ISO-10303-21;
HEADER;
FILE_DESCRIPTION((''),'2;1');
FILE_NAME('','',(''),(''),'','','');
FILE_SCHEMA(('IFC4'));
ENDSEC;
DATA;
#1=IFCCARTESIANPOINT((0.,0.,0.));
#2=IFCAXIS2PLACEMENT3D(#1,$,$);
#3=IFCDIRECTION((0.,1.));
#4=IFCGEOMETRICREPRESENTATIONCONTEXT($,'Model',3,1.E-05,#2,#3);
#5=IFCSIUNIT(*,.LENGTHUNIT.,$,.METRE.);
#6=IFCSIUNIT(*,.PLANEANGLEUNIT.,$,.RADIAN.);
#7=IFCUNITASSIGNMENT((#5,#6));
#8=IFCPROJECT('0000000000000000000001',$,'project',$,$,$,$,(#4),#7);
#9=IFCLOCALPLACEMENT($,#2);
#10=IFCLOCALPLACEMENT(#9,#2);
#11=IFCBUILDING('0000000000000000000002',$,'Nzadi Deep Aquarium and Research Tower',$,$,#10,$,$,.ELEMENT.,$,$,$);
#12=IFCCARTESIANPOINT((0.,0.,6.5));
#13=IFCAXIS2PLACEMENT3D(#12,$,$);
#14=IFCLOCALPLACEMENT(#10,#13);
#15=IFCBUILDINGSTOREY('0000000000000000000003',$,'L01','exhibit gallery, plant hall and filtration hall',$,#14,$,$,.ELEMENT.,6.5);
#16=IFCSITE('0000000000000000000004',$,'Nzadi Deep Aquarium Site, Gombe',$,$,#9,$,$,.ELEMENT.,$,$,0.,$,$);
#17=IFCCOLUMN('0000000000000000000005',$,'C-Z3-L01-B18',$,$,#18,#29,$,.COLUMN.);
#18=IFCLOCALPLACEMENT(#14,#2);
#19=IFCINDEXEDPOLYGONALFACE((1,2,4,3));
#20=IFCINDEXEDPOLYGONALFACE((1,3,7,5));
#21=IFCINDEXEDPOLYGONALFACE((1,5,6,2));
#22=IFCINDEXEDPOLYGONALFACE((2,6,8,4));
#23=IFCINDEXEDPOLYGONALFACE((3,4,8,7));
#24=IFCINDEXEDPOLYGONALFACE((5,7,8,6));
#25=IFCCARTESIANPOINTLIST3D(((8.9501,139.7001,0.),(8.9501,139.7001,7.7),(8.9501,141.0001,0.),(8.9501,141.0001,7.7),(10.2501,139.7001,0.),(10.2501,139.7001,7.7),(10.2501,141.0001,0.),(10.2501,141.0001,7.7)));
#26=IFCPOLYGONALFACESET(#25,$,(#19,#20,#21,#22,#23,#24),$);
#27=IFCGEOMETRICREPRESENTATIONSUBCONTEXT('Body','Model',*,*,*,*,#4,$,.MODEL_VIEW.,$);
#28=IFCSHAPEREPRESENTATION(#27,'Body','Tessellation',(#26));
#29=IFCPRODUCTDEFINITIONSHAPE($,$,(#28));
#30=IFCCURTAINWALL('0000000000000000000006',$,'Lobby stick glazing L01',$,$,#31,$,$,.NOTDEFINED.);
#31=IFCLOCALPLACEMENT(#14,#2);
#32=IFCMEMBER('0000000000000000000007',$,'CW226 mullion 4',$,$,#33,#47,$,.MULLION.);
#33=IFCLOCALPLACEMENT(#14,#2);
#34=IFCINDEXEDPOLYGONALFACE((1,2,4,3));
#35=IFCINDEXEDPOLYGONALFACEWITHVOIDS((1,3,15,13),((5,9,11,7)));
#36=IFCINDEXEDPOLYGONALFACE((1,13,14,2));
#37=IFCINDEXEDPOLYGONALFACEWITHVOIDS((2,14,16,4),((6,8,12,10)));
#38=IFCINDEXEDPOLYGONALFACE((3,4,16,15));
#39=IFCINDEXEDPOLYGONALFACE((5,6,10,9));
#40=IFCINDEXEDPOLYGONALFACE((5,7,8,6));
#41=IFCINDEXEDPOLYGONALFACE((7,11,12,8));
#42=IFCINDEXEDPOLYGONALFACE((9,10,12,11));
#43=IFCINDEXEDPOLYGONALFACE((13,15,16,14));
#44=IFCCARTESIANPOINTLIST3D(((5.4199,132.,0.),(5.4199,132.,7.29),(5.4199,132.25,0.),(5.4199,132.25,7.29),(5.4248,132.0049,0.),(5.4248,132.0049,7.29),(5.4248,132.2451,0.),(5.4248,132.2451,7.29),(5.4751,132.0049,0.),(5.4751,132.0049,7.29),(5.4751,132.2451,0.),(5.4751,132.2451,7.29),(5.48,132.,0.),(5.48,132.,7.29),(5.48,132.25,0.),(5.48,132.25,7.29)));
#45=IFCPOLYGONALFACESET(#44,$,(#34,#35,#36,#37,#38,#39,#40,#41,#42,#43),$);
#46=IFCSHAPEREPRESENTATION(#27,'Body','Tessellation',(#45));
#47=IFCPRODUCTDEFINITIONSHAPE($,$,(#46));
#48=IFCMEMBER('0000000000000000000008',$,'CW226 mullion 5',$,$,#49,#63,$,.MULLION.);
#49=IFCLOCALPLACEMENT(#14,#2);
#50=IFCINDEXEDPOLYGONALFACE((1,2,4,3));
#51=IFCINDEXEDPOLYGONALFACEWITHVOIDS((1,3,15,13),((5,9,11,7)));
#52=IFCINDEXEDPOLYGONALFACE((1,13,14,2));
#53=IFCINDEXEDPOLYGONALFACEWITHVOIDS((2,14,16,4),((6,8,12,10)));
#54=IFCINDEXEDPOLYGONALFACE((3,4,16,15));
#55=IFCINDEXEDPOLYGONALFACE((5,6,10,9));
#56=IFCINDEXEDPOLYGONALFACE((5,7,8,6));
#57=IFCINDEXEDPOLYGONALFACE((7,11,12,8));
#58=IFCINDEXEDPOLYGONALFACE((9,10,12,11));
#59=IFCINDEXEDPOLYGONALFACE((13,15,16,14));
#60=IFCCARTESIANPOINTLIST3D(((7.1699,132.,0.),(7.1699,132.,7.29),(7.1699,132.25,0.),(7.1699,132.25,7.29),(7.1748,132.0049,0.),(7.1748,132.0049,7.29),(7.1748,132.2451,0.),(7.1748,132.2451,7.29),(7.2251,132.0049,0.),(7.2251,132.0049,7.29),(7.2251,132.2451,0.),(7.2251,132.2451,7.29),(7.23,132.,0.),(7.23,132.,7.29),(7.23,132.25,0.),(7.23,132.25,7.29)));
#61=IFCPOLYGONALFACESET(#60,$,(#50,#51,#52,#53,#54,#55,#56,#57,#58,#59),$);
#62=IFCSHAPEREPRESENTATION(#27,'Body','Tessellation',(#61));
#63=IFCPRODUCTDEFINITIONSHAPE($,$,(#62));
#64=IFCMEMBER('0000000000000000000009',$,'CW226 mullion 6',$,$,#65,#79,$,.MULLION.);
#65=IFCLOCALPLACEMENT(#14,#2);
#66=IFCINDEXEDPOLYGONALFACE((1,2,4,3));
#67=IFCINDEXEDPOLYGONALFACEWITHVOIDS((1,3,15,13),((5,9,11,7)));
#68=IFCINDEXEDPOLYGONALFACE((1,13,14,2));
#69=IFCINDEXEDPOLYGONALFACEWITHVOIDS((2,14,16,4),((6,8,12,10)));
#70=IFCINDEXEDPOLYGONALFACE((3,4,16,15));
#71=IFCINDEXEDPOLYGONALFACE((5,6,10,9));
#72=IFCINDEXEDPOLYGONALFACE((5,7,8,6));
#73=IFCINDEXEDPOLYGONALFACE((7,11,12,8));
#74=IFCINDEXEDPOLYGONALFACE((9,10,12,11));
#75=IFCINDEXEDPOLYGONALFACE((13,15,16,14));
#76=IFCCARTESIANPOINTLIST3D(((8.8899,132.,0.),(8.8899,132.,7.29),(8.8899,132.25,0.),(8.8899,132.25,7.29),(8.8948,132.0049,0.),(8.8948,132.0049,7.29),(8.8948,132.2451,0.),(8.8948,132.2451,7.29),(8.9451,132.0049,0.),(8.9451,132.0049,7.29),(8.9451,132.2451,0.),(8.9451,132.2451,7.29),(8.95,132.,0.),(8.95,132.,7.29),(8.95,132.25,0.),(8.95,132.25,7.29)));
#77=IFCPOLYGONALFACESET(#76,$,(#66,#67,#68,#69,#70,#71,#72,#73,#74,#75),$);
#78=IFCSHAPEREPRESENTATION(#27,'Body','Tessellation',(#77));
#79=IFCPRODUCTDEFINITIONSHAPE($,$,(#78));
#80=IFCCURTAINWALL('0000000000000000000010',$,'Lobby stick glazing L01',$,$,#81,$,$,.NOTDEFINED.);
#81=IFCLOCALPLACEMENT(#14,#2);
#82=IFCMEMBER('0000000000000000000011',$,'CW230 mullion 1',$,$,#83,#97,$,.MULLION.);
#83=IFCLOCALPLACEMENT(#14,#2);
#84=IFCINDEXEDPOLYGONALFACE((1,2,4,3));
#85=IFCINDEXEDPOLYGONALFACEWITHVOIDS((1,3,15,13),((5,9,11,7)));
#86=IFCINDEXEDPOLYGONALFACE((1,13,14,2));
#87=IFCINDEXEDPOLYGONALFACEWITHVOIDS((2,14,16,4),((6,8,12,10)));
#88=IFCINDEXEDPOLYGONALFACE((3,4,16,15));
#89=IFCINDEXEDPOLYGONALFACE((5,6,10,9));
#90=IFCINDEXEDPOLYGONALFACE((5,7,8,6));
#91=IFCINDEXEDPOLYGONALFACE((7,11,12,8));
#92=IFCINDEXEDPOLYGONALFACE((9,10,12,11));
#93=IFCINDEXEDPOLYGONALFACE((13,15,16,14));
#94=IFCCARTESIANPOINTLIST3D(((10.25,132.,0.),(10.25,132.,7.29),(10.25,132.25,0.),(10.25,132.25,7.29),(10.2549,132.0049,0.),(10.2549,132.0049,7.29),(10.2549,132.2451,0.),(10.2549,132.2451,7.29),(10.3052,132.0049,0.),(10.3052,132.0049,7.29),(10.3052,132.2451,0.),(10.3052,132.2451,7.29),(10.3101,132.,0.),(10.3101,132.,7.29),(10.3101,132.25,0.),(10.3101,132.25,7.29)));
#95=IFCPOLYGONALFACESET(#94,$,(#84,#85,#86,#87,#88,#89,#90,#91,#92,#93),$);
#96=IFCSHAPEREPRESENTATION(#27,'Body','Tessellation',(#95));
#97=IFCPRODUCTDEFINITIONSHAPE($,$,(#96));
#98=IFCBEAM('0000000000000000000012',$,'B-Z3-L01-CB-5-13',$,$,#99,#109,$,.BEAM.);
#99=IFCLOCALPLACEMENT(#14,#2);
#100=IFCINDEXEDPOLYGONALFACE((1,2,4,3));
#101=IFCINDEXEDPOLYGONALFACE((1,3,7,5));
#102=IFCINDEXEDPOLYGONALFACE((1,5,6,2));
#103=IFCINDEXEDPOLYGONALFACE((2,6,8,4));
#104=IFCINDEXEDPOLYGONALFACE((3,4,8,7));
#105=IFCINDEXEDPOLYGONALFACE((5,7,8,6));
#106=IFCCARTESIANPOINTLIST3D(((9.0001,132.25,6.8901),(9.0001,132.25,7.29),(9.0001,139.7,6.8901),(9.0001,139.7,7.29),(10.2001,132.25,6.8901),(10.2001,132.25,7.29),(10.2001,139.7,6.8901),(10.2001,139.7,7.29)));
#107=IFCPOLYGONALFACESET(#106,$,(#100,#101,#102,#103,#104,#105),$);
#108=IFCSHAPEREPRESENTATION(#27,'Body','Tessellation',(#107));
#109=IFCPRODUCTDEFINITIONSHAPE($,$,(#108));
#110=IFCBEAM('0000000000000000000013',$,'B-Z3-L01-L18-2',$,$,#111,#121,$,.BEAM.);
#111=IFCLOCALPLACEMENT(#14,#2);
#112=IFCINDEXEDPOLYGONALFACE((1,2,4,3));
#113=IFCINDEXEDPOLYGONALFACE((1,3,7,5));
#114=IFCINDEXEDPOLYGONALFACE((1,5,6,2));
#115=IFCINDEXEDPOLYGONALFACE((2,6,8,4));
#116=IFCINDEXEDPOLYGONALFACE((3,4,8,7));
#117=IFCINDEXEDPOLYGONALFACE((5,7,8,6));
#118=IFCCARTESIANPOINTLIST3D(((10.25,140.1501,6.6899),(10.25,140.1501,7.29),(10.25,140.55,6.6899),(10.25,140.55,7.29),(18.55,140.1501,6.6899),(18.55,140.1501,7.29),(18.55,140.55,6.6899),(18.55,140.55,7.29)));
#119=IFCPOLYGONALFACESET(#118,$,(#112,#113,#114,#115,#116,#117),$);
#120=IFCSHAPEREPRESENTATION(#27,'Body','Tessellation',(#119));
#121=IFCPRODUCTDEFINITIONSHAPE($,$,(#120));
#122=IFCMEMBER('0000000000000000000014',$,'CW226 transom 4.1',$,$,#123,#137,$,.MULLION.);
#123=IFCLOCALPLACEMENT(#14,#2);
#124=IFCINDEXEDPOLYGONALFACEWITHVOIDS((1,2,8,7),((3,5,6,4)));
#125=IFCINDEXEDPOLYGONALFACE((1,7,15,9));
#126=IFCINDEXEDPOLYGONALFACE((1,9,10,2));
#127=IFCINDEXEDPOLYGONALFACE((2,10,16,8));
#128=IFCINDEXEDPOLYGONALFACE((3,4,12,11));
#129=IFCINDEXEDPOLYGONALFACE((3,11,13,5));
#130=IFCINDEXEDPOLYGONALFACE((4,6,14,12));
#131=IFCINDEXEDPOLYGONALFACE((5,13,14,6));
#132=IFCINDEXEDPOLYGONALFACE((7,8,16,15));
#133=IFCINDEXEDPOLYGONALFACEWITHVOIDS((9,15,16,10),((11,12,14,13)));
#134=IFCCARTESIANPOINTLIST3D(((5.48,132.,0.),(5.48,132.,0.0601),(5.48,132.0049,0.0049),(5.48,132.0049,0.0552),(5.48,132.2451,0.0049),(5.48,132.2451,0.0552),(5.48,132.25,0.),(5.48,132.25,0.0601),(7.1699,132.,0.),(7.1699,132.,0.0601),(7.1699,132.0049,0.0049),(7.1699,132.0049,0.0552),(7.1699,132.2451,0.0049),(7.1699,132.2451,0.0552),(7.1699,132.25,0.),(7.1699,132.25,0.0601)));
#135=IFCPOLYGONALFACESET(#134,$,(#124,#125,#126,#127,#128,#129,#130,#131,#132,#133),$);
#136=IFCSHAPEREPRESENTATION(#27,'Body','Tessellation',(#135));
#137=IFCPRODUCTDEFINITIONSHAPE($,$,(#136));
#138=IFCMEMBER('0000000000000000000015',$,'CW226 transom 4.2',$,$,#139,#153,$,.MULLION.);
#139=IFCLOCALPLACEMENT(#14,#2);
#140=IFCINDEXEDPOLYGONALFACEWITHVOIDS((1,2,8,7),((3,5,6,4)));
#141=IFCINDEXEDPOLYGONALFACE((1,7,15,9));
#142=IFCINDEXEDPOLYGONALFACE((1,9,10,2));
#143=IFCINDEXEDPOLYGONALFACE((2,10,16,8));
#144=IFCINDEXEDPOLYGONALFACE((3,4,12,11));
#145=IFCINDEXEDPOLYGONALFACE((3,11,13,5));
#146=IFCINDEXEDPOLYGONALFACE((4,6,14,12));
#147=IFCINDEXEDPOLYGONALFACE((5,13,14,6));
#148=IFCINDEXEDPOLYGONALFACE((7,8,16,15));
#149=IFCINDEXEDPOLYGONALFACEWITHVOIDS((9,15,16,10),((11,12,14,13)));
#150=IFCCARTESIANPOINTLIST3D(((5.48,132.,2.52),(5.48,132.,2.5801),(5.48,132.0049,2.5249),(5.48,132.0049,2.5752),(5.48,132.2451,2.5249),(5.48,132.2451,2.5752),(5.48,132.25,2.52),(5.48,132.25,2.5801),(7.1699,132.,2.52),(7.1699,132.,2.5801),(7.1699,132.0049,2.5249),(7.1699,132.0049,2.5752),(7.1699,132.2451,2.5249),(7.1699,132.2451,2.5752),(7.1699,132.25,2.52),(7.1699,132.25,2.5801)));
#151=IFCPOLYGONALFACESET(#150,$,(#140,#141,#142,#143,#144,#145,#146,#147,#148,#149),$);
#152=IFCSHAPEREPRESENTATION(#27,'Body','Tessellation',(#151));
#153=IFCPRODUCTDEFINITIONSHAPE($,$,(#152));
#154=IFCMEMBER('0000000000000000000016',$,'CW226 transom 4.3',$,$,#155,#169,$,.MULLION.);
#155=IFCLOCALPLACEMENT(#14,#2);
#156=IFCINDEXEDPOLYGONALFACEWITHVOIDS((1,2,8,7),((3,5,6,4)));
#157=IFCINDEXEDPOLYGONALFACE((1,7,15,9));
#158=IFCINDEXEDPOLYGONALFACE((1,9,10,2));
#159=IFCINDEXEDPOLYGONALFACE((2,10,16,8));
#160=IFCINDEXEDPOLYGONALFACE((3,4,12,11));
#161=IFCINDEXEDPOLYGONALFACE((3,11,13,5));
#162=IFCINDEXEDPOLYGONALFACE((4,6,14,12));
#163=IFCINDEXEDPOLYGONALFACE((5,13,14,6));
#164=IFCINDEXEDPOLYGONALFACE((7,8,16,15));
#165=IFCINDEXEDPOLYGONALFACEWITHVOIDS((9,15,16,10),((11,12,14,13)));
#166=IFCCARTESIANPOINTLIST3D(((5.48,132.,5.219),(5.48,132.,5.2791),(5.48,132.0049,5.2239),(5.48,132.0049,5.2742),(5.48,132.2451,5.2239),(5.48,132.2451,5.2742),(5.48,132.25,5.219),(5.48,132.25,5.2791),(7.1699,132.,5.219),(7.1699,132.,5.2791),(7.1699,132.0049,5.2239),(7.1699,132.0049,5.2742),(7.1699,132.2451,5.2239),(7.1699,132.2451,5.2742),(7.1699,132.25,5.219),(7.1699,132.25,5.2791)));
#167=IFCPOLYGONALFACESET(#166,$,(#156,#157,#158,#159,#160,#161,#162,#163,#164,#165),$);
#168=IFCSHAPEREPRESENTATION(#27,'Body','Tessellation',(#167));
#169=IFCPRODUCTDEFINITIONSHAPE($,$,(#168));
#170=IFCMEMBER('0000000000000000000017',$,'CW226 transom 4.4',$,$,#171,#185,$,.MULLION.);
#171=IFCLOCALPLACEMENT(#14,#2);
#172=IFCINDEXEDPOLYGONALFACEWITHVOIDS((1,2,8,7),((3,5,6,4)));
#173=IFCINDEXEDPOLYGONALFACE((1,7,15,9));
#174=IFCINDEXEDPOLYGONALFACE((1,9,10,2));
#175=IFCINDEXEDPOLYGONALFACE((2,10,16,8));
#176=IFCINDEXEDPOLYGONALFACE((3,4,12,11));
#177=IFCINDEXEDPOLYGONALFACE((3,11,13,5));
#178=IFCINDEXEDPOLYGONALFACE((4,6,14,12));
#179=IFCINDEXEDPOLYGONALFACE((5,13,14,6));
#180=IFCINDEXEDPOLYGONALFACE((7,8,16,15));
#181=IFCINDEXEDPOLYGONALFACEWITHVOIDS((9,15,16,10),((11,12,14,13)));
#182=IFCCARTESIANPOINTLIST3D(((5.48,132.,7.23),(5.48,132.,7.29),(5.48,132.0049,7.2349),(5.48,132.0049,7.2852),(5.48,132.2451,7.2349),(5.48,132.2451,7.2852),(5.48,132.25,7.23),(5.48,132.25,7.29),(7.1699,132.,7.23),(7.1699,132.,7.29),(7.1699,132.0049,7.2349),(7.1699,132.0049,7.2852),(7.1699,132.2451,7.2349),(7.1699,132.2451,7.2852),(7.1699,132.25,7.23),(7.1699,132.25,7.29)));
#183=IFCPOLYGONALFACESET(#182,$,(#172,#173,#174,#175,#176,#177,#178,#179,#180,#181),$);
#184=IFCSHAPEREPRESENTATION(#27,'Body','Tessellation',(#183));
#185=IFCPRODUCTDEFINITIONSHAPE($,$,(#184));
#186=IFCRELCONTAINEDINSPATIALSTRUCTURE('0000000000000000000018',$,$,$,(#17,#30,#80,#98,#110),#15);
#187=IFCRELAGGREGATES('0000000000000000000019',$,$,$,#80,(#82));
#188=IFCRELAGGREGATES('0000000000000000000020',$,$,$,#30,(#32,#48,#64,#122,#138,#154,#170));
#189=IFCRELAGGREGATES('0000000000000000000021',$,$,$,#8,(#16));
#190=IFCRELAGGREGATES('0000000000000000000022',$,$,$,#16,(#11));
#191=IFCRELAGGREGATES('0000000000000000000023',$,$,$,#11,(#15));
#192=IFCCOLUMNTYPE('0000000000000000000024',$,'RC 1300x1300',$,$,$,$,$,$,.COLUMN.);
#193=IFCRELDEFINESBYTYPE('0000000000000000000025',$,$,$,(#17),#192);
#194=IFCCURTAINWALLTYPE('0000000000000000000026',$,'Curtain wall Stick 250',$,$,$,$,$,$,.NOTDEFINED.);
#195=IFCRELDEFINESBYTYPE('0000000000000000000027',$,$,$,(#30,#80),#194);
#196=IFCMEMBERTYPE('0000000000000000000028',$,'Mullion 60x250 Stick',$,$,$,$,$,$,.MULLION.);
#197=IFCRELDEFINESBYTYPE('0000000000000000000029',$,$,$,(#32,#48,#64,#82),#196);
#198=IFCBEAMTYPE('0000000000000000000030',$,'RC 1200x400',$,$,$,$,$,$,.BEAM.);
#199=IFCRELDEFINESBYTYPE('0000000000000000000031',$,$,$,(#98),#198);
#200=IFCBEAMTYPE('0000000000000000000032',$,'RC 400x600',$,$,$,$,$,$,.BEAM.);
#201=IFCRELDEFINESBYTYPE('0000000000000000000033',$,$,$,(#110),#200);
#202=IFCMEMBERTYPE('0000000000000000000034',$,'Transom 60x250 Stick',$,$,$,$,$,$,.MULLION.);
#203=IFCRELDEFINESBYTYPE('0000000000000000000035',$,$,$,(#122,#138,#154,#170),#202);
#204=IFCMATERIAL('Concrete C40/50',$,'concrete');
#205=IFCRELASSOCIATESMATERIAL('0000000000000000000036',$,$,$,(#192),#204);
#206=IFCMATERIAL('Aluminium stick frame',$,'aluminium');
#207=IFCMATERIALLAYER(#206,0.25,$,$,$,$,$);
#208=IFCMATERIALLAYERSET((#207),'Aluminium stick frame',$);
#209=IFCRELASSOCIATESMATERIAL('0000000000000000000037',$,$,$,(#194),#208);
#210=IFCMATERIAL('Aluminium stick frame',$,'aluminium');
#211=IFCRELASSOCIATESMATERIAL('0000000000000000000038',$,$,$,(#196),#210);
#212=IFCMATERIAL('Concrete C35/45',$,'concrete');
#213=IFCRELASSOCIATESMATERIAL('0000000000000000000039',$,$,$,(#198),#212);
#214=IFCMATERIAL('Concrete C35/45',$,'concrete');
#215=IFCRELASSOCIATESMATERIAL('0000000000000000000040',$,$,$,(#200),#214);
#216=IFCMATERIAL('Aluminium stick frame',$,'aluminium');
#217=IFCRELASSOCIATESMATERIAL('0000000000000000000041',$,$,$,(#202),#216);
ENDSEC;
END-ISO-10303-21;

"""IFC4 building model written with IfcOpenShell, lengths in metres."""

from ifc_helpers import new_model, si_unit, direction, frame, origin, origin_2d, place, context, subcontext, project, spatial, rectangle, hollow_rectangle, extrude, material, layer, layer_set, material_profile, profile_set, type_object, element, aggregate, save


model = new_model("IFC4")

# Units and contexts
model_context = context("Model", 3, precision=1e-05, world=origin(), true_north=direction((0.0, 1.0)))
body_context = subcontext(model_context, "Body", "Model", "MODEL_VIEW")
ifc_project = project(units=[si_unit("LENGTHUNIT", "METRE"), si_unit("PLANEANGLEUNIT", "RADIAN")], contexts=[model_context])

# Site, building, storey
site_placement = place(None, origin())
site = spatial("IfcSite", under=ifc_project, at=site_placement, Name="Nzadi Deep Aquarium Site, Gombe", CompositionType="ELEMENT", RefElevation=0.0)
building_placement = place(site_placement, origin())
building = spatial("IfcBuilding", under=site, at=building_placement, Name="Nzadi Deep Aquarium and Research Tower", CompositionType="ELEMENT")
storey_placement = place(building_placement, frame((0.0, 0.0, 6.5)))
storey = spatial("IfcBuildingStorey", under=building, at=storey_placement, Name="L01", Description="exhibit gallery, plant hall and filtration hall", CompositionType="ELEMENT", Elevation=6.5)

# Column
ifc_material_1 = material(Name="Concrete C40/50", Category="concrete")
ifc_material_profile_1 = material_profile(ifc_material_1, rectangle(XDim=1.3, YDim=1.3, at=origin_2d()))
ifc_profile_set_1 = profile_set([ifc_material_profile_1], Name="Concrete C40/50")
column_type = type_object("IfcColumnType", Name="RC 1300x1300", PredefinedType="COLUMN", material=ifc_profile_set_1)
column_placement = place(storey_placement, frame((9.6001, 140.3501, 0.0), z_axis=(0.0, 0.0, 1.0), x_axis=(1.0, 0.0, 0.0)))
element("IfcColumn", 1, at=column_placement, inside=storey, type_object=column_type, Name="C-Z3-L01-B18", PredefinedType="COLUMN", context=body_context, shape_type="SweptSolid", body=[
    extrude(rectangle(XDim=1.3, YDim=1.3, at=origin_2d()), origin(), (0.0, 0.0, 1.0), 7.7),
])

# Curtain wall, members
ifc_material_2 = material(Name="Aluminium stick frame", Category="aluminium")
ifc_layer_1 = layer(ifc_material_2, 0.25)
ifc_layer_set_1 = layer_set([ifc_layer_1], Name="Aluminium stick frame")
curtain_wall_type = type_object("IfcCurtainWallType", Name="Curtain wall Stick 250", PredefinedType="NOTDEFINED", material=ifc_layer_set_1)
curtain_wall_1_placement = place(storey_placement, origin())
curtain_wall_1 = element("IfcCurtainWall", 2, at=curtain_wall_1_placement, inside=storey, type_object=curtain_wall_type, Name="Lobby stick glazing L01", PredefinedType="NOTDEFINED")
ifc_material_3 = material(Name="Aluminium stick frame", Category="aluminium")
ifc_material_profile_2 = material_profile(ifc_material_3, hollow_rectangle(XDim=0.25, YDim=0.0601, WallThickness=0.0049, at=origin_2d()))
ifc_profile_set_2 = profile_set([ifc_material_profile_2], Name="Aluminium stick frame")
member_type_1 = type_object("IfcMemberType", Name="Mullion 60x250 Stick", PredefinedType="MULLION", material=ifc_profile_set_2)
member_1_placement = place(storey_placement, frame((5.45, 132.125, 0.0), z_axis=(0.0, 0.0, 1.0), x_axis=(0.0, 1.0, 0.0)))
member_1 = element("IfcMember", 3, at=member_1_placement, type_object=member_type_1, Name="CW226 mullion 4", PredefinedType="MULLION", context=body_context, shape_type="SweptSolid", body=[
    extrude(hollow_rectangle(XDim=0.25, YDim=0.0601, WallThickness=0.0049, at=origin_2d()), origin(), (0.0, 0.0, 1.0), 7.29),
])
member_2_placement = place(storey_placement, frame((7.2, 132.125, 0.0), z_axis=(0.0, 0.0, 1.0), x_axis=(0.0, 1.0, 0.0)))
member_2 = element("IfcMember", 4, at=member_2_placement, type_object=member_type_1, Name="CW226 mullion 5", PredefinedType="MULLION", context=body_context, shape_type="SweptSolid", body=[
    extrude(hollow_rectangle(XDim=0.25, YDim=0.0601, WallThickness=0.0049, at=origin_2d()), origin(), (0.0, 0.0, 1.0), 7.29),
])
member_3_placement = place(storey_placement, frame((8.9199, 132.125, 0.0), z_axis=(0.0, 0.0, 1.0), x_axis=(0.0, 1.0, 0.0)))
member_3 = element("IfcMember", 5, at=member_3_placement, type_object=member_type_1, Name="CW226 mullion 6", PredefinedType="MULLION", context=body_context, shape_type="SweptSolid", body=[
    extrude(hollow_rectangle(XDim=0.25, YDim=0.0601, WallThickness=0.0049, at=origin_2d()), origin(), (0.0, 0.0, 1.0), 7.29),
])

# Curtain wall, member
curtain_wall_2_placement = place(storey_placement, origin())
curtain_wall_2 = element("IfcCurtainWall", 6, at=curtain_wall_2_placement, inside=storey, type_object=curtain_wall_type, Name="Lobby stick glazing L01", PredefinedType="NOTDEFINED")
member_4_placement = place(storey_placement, frame((10.28, 132.125, 0.0), z_axis=(0.0, 0.0, 1.0), x_axis=(0.0, 1.0, 0.0)))
member_4 = element("IfcMember", 7, at=member_4_placement, type_object=member_type_1, Name="CW230 mullion 1", PredefinedType="MULLION", context=body_context, shape_type="SweptSolid", body=[
    extrude(hollow_rectangle(XDim=0.25, YDim=0.0601, WallThickness=0.0049, at=origin_2d()), origin(), (0.0, 0.0, 1.0), 7.29),
])

# Beams
ifc_material_4 = material(Name="Concrete C35/45", Category="concrete")
ifc_material_profile_3 = material_profile(ifc_material_4, rectangle(XDim=1.2, YDim=0.3999, at=origin_2d()))
ifc_profile_set_3 = profile_set([ifc_material_profile_3], Name="Concrete C35/45")
beam_type_1 = type_object("IfcBeamType", Name="RC 1200x400", PredefinedType="BEAM", material=ifc_profile_set_3)
beam_1_placement = place(storey_placement, frame((9.6001, 132.25, 7.0901), z_axis=(0.0, 1.0, 0.0), x_axis=(-1.0, 0.0, 0.0)))
element("IfcBeam", 8, at=beam_1_placement, inside=storey, type_object=beam_type_1, Name="B-Z3-L01-CB-5-13", PredefinedType="BEAM", context=body_context, shape_type="SweptSolid", body=[
    extrude(rectangle(XDim=1.2, YDim=0.3999, at=origin_2d()), origin(), (0.0, 0.0, 1.0), 7.45),
])
ifc_material_5 = material(Name="Concrete C35/45", Category="concrete")
ifc_material_profile_4 = material_profile(ifc_material_5, rectangle(XDim=0.3999, YDim=0.6001, at=origin_2d()))
ifc_profile_set_4 = profile_set([ifc_material_profile_4], Name="Concrete C35/45")
beam_type_2 = type_object("IfcBeamType", Name="RC 400x600", PredefinedType="BEAM", material=ifc_profile_set_4)
beam_2_placement = place(storey_placement, frame((10.25, 140.3501, 6.99), z_axis=(1.0, 0.0, 0.0), x_axis=(0.0, 1.0, 0.0)))
element("IfcBeam", 9, at=beam_2_placement, inside=storey, type_object=beam_type_2, Name="B-Z3-L01-L18-2", PredefinedType="BEAM", context=body_context, shape_type="SweptSolid", body=[
    extrude(rectangle(XDim=0.3999, YDim=0.6001, at=origin_2d()), origin(), (0.0, 0.0, 1.0), 8.3),
])

# Members
ifc_material_6 = material(Name="Aluminium stick frame", Category="aluminium")
ifc_material_profile_5 = material_profile(ifc_material_6, hollow_rectangle(XDim=0.25, YDim=0.0601, WallThickness=0.0049, at=origin_2d()))
ifc_profile_set_5 = profile_set([ifc_material_profile_5], Name="Aluminium stick frame")
member_type_2 = type_object("IfcMemberType", Name="Transom 60x250 Stick", PredefinedType="MULLION", material=ifc_profile_set_5)
member_5_placement = place(storey_placement, frame((5.48, 132.125, 0.03), z_axis=(1.0, 0.0, 0.0), x_axis=(0.0, 1.0, 0.0)))
member_5 = element("IfcMember", 10, at=member_5_placement, type_object=member_type_2, Name="CW226 transom 4.1", PredefinedType="MULLION", context=body_context, shape_type="SweptSolid", body=[
    extrude(hollow_rectangle(XDim=0.25, YDim=0.0601, WallThickness=0.0049, at=origin_2d()), origin(), (0.0, 0.0, 1.0), 1.6899),
])
member_6_placement = place(storey_placement, frame((5.48, 132.125, 2.55), z_axis=(1.0, 0.0, 0.0), x_axis=(0.0, 1.0, 0.0)))
member_6 = element("IfcMember", 11, at=member_6_placement, type_object=member_type_2, Name="CW226 transom 4.2", PredefinedType="MULLION", context=body_context, shape_type="SweptSolid", body=[
    extrude(hollow_rectangle(XDim=0.25, YDim=0.0601, WallThickness=0.0049, at=origin_2d()), origin(), (0.0, 0.0, 1.0), 1.6899),
])
member_7_placement = place(storey_placement, frame((5.48, 132.125, 5.249), z_axis=(1.0, 0.0, 0.0), x_axis=(0.0, 1.0, 0.0)))
member_7 = element("IfcMember", 12, at=member_7_placement, type_object=member_type_2, Name="CW226 transom 4.3", PredefinedType="MULLION", context=body_context, shape_type="SweptSolid", body=[
    extrude(hollow_rectangle(XDim=0.25, YDim=0.0601, WallThickness=0.0049, at=origin_2d()), origin(), (0.0, 0.0, 1.0), 1.6899),
])
member_8_placement = place(storey_placement, frame((5.48, 132.125, 7.26), z_axis=(1.0, 0.0, 0.0), x_axis=(0.0, 1.0, 0.0)))
member_8 = element("IfcMember", 13, at=member_8_placement, type_object=member_type_2, Name="CW226 transom 4.4", PredefinedType="MULLION", context=body_context, shape_type="SweptSolid", body=[
    extrude(hollow_rectangle(XDim=0.25, YDim=0.0601, WallThickness=0.0049, at=origin_2d()), origin(), (0.0, 0.0, 1.0), 1.6899),
])
aggregate(curtain_wall_2, [member_4])

aggregate(curtain_wall_1, [member_1, member_2, member_3, member_5, member_6, member_7, member_8])

save(model, "model.ifc")
